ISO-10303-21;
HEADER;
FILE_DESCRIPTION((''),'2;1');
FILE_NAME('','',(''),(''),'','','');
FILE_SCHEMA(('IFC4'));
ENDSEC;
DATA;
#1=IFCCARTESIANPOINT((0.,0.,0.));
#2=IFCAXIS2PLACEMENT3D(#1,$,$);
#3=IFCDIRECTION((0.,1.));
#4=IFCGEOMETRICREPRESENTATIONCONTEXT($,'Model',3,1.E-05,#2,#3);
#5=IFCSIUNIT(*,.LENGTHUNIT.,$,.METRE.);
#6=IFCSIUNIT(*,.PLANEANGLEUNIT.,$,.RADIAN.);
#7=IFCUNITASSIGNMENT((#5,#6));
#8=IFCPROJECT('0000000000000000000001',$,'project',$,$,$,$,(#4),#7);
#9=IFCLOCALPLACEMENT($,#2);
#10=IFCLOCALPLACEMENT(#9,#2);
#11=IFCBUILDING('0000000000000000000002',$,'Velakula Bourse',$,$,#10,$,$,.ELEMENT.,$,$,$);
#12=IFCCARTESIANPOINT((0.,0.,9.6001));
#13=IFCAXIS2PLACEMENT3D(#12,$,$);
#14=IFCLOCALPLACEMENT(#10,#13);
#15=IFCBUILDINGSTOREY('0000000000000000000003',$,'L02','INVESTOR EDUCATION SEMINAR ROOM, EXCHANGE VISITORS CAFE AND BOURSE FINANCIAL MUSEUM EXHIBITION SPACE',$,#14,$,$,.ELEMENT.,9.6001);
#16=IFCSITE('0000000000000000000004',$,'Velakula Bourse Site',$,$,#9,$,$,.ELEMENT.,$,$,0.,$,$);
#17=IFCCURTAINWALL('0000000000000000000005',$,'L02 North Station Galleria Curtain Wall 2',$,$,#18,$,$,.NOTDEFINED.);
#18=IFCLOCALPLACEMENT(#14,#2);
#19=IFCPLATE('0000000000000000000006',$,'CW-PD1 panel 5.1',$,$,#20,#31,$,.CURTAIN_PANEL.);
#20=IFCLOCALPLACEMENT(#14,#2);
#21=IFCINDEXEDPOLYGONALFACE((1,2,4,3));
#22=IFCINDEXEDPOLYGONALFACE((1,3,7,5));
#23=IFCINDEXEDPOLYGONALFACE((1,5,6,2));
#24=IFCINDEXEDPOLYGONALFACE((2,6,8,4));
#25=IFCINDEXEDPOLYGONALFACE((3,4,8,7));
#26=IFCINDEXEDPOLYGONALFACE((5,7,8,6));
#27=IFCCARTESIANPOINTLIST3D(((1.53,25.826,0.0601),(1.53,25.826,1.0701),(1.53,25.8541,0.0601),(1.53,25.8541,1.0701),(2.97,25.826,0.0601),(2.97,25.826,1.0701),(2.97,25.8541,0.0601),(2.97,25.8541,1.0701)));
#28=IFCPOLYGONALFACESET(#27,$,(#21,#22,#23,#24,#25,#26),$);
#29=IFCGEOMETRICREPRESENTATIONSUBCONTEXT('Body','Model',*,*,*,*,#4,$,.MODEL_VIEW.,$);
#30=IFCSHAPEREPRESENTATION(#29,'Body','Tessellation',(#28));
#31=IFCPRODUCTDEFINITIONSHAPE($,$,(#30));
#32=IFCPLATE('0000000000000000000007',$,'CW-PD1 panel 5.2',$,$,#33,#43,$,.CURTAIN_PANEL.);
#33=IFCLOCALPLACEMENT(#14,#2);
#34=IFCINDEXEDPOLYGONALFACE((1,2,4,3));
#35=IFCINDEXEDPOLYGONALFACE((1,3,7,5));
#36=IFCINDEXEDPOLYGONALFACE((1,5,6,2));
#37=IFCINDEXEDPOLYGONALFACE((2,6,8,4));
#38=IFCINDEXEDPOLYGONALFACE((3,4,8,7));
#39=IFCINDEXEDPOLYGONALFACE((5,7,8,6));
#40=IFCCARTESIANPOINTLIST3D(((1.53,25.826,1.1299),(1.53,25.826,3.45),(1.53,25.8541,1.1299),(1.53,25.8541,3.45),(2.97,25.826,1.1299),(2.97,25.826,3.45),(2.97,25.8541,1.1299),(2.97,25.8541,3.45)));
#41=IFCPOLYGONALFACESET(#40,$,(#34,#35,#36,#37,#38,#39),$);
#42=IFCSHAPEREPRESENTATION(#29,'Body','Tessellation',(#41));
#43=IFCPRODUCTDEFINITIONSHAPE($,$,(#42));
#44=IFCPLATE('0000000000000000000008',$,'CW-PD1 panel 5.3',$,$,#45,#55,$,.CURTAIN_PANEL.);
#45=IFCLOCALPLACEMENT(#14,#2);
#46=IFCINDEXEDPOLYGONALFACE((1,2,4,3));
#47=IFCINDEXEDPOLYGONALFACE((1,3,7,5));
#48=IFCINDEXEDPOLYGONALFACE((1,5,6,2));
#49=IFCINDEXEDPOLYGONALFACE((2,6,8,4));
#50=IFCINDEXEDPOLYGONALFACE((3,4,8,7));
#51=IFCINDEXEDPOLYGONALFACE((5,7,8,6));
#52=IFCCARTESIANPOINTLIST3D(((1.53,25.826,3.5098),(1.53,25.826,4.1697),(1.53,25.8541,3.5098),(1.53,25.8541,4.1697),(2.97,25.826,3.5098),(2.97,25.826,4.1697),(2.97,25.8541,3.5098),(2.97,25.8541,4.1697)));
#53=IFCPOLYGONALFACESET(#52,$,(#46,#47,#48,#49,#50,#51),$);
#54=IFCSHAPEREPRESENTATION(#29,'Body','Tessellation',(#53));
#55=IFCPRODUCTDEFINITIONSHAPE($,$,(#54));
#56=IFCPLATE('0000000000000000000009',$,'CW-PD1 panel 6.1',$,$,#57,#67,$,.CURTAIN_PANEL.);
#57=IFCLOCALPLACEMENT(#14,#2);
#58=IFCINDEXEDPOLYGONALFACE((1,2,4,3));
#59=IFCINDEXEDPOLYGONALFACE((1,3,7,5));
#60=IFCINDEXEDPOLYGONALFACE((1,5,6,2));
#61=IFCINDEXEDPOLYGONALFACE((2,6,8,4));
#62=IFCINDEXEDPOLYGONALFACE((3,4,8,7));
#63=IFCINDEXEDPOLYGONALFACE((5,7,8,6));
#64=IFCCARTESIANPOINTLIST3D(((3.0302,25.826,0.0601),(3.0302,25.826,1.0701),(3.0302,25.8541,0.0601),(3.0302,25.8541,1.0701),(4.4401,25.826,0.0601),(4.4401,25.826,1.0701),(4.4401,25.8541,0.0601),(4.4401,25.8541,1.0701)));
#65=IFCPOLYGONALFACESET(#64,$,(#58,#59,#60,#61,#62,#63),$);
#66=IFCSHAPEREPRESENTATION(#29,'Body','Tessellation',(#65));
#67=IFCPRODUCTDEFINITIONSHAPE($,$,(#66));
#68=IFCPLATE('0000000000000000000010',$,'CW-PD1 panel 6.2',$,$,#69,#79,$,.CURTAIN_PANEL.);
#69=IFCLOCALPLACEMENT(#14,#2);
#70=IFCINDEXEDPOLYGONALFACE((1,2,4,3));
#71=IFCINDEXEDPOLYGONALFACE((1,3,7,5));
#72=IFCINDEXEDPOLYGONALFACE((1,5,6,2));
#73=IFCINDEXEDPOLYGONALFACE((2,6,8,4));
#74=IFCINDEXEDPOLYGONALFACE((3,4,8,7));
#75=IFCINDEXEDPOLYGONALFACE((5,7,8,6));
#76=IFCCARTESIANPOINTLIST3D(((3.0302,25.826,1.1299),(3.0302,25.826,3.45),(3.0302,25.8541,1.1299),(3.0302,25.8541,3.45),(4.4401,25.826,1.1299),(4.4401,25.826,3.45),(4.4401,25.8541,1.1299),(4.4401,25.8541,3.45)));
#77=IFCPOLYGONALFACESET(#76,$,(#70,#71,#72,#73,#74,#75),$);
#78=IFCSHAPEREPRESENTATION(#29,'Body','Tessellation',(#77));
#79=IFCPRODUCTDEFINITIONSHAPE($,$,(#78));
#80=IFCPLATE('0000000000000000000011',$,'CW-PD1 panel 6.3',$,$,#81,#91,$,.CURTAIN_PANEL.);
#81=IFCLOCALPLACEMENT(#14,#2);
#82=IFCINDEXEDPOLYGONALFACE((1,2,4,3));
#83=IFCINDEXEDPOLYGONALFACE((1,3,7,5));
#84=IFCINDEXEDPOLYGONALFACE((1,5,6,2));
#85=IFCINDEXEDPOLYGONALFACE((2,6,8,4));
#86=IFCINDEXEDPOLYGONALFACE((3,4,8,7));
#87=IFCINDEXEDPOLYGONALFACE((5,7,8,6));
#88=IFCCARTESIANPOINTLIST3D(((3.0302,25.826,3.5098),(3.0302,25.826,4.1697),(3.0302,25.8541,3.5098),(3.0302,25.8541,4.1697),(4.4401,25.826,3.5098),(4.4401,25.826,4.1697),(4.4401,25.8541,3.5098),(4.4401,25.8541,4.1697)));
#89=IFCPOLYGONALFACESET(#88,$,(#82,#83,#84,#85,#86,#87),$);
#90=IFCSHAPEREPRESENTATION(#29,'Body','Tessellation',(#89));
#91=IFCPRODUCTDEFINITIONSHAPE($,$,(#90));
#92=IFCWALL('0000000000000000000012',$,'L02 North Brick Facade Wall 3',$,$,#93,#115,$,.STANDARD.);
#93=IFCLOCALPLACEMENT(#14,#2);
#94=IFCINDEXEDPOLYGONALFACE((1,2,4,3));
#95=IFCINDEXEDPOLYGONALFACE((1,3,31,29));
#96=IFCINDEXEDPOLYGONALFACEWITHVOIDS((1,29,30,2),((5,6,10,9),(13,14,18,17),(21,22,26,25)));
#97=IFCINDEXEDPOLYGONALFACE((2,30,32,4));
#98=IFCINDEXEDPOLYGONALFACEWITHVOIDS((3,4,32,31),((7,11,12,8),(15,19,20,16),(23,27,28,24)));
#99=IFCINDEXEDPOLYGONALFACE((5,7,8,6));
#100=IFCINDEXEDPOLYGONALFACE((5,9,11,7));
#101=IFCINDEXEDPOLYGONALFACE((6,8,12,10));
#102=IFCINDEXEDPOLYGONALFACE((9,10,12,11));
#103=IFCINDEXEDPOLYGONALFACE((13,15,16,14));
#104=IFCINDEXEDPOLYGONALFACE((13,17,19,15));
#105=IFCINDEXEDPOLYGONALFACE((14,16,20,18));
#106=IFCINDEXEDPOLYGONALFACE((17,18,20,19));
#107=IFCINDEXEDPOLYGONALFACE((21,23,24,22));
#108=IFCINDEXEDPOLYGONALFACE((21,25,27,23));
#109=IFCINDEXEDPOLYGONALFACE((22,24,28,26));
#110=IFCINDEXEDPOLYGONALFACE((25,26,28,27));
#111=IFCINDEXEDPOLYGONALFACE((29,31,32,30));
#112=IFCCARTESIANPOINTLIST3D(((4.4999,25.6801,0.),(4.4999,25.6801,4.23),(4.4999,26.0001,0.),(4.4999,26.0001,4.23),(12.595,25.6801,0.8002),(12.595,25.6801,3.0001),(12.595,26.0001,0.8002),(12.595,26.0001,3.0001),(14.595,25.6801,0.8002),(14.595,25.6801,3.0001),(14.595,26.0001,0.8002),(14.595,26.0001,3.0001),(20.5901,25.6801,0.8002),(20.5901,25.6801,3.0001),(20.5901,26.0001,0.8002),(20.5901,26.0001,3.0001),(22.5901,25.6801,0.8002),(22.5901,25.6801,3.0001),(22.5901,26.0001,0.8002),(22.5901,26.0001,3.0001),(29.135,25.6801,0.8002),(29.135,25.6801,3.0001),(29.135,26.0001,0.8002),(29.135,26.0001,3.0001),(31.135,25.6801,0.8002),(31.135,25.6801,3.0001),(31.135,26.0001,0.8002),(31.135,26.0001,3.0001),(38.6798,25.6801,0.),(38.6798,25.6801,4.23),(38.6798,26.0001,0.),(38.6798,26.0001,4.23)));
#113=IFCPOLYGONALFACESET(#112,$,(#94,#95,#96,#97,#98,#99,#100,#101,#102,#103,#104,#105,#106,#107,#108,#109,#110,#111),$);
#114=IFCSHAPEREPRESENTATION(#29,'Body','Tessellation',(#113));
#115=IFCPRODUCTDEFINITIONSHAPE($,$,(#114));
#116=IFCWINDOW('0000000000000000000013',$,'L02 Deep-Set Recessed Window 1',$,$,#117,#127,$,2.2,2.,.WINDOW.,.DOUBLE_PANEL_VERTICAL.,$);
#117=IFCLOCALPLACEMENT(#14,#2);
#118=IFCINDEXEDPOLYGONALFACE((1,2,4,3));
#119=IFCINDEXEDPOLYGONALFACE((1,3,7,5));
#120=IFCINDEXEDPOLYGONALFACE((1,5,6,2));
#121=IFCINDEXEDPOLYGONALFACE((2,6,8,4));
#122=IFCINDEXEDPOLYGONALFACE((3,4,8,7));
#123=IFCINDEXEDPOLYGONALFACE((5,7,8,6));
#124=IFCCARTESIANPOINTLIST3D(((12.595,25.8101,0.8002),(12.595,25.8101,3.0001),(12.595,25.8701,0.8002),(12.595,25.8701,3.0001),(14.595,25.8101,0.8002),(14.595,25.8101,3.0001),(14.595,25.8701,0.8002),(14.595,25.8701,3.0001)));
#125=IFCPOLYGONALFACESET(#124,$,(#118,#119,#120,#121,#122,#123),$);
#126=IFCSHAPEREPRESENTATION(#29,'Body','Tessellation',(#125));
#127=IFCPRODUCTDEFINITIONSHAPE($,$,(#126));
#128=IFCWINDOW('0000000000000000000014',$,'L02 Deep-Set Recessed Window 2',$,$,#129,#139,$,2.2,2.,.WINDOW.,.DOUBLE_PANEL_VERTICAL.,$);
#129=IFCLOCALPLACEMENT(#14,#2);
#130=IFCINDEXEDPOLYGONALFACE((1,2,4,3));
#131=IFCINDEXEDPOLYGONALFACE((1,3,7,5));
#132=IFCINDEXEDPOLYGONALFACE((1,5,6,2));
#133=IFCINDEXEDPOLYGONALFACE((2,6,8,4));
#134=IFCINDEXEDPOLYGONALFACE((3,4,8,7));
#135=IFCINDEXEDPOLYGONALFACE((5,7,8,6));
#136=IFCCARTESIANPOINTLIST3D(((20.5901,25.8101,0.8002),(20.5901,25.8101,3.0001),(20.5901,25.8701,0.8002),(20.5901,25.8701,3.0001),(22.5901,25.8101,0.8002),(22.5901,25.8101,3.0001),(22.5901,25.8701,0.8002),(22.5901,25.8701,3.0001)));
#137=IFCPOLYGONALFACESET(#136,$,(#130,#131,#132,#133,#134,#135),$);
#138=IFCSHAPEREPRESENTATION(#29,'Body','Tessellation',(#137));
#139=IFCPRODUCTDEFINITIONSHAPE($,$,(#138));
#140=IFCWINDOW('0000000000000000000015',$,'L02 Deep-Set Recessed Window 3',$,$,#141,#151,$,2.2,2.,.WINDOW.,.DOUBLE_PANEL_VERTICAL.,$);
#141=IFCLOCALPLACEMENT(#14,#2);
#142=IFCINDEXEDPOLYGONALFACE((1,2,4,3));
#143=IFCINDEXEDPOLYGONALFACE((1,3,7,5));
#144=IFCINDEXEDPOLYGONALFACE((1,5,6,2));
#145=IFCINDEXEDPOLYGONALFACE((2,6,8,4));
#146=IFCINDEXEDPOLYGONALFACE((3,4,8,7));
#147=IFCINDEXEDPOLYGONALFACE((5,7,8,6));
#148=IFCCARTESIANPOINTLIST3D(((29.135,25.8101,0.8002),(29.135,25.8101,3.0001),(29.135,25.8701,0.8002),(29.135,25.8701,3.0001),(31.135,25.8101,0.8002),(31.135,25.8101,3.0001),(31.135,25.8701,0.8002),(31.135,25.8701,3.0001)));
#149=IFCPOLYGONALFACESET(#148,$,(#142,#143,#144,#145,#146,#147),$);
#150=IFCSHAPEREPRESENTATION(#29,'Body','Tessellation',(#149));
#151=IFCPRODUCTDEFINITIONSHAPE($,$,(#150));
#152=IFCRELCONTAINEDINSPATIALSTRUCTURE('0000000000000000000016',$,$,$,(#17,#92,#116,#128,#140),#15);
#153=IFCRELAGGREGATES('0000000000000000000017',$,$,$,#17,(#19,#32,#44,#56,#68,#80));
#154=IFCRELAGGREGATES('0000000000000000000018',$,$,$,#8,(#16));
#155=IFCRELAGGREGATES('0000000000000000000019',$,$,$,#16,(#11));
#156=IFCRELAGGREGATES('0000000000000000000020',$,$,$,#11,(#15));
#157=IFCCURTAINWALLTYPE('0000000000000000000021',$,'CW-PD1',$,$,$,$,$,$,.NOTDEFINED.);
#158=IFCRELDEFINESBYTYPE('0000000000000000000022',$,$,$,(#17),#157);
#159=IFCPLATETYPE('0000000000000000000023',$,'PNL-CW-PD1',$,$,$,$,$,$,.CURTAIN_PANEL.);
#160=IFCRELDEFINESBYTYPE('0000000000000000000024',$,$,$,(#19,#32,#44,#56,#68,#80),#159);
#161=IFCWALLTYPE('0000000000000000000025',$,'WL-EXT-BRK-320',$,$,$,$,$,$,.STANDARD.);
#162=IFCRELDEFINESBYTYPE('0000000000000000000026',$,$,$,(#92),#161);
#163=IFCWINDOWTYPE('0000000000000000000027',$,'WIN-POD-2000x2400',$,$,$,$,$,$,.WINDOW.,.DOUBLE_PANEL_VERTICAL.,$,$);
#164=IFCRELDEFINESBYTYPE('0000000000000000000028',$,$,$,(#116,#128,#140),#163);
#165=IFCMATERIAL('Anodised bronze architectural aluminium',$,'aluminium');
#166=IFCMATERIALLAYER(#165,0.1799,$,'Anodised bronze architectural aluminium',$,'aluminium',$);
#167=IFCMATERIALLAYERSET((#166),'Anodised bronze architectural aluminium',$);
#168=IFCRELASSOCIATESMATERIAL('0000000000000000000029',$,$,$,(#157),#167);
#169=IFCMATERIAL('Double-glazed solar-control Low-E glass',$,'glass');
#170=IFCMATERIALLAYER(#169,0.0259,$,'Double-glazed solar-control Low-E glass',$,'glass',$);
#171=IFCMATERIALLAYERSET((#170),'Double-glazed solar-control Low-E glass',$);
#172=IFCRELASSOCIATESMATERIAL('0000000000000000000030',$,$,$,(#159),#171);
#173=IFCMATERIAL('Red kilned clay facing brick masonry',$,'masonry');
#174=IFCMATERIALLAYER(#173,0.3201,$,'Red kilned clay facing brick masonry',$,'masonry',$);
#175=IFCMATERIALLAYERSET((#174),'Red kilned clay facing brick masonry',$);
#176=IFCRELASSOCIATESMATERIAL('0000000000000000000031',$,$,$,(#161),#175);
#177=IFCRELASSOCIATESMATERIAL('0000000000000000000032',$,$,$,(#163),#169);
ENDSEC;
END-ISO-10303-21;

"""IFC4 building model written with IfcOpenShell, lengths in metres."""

from ifc_helpers import new_model, si_unit, direction, frame, frame_2d, origin, origin_2d, place, context, subcontext, project, spatial, rectangle, extrude, material, layer, layer_set, type_object, element, fill, aggregate, save


model = new_model("IFC4")

# Units and contexts
model_context = context("Model", 3, precision=1e-05, world=origin(), true_north=direction((0.0, 1.0)))
body_context = subcontext(model_context, "Body", "Model", "MODEL_VIEW")
ifc_project = project(units=[si_unit("LENGTHUNIT", "METRE"), si_unit("PLANEANGLEUNIT", "RADIAN")], contexts=[model_context])

# Site, building, storey
site_placement = place(None, origin())
site = spatial("IfcSite", under=ifc_project, at=site_placement, Name="Velakula Bourse Site", CompositionType="ELEMENT", RefElevation=0.0)
building_placement = place(site_placement, origin())
building = spatial("IfcBuilding", under=site, at=building_placement, Name="Velakula Bourse", CompositionType="ELEMENT")
storey_placement = place(building_placement, frame((0.0, 0.0, 9.6001)))
storey = spatial("IfcBuildingStorey", under=building, at=storey_placement, Name="L02", Description="INVESTOR EDUCATION SEMINAR ROOM, EXCHANGE VISITORS CAFE AND BOURSE FINANCIAL MUSEUM EXHIBITION SPACE", CompositionType="ELEMENT", Elevation=9.6001)

# Curtain wall, plates
ifc_material_1 = material(Name="Anodised bronze architectural aluminium", Category="aluminium")
ifc_layer_1 = layer(ifc_material_1, 0.1799, Name="Anodised bronze architectural aluminium", Category="aluminium")
ifc_layer_set_1 = layer_set([ifc_layer_1], Name="Anodised bronze architectural aluminium")
curtain_wall_type = type_object("IfcCurtainWallType", Name="CW-PD1", PredefinedType="NOTDEFINED", material=ifc_layer_set_1)
curtain_wall_placement = place(storey_placement, origin())
curtain_wall = element("IfcCurtainWall", 1, at=curtain_wall_placement, inside=storey, type_object=curtain_wall_type, Name="L02 North Station Galleria Curtain Wall 2", PredefinedType="NOTDEFINED")
ifc_material_2 = material(Name="Double-glazed solar-control Low-E glass", Category="glass")
ifc_layer_2 = layer(ifc_material_2, 0.0259, Name="Double-glazed solar-control Low-E glass", Category="glass")
ifc_layer_set_2 = layer_set([ifc_layer_2], Name="Double-glazed solar-control Low-E glass")
plate_type = type_object("IfcPlateType", Name="PNL-CW-PD1", PredefinedType="CURTAIN_PANEL", material=ifc_layer_set_2)
plate_1_placement = place(storey_placement, frame((2.25, 25.8401, 0.0601), z_axis=(0.0, 0.0, 1.0), x_axis=(1.0, 0.0, 0.0)))
plate_1 = element("IfcPlate", 2, at=plate_1_placement, type_object=plate_type, Name="CW-PD1 panel 5.1", PredefinedType="CURTAIN_PANEL", context=body_context, shape_type="SweptSolid", body=[
    extrude(rectangle(XDim=1.4399, YDim=0.0281, at=origin_2d()), origin(), (0.0, 0.0, 1.0), 1.01),
])
plate_2_placement = place(storey_placement, frame((2.25, 25.8401, 1.1299), z_axis=(0.0, 0.0, 1.0), x_axis=(1.0, 0.0, 0.0)))
plate_2 = element("IfcPlate", 3, at=plate_2_placement, type_object=plate_type, Name="CW-PD1 panel 5.2", PredefinedType="CURTAIN_PANEL", context=body_context, shape_type="SweptSolid", body=[
    extrude(rectangle(XDim=1.4399, YDim=0.0281, at=origin_2d()), origin(), (0.0, 0.0, 1.0), 2.3201),
])
plate_3_placement = place(storey_placement, frame((2.25, 25.8401, 3.5098), z_axis=(0.0, 0.0, 1.0), x_axis=(1.0, 0.0, 0.0)))
plate_3 = element("IfcPlate", 4, at=plate_3_placement, type_object=plate_type, Name="CW-PD1 panel 5.3", PredefinedType="CURTAIN_PANEL", context=body_context, shape_type="SweptSolid", body=[
    extrude(rectangle(XDim=1.4399, YDim=0.0281, at=origin_2d()), origin(), (0.0, 0.0, 1.0), 0.6599),
])
plate_4_placement = place(storey_placement, frame((3.7351, 25.8401, 0.0601), z_axis=(0.0, 0.0, 1.0), x_axis=(1.0, 0.0, 0.0)))
plate_4 = element("IfcPlate", 5, at=plate_4_placement, type_object=plate_type, Name="CW-PD1 panel 6.1", PredefinedType="CURTAIN_PANEL", context=body_context, shape_type="SweptSolid", body=[
    extrude(rectangle(XDim=1.4099, YDim=0.0281, at=origin_2d()), origin(), (0.0, 0.0, 1.0), 1.01),
])
plate_5_placement = place(storey_placement, frame((3.7351, 25.8401, 1.1299), z_axis=(0.0, 0.0, 1.0), x_axis=(1.0, 0.0, 0.0)))
plate_5 = element("IfcPlate", 6, at=plate_5_placement, type_object=plate_type, Name="CW-PD1 panel 6.2", PredefinedType="CURTAIN_PANEL", context=body_context, shape_type="SweptSolid", body=[
    extrude(rectangle(XDim=1.4099, YDim=0.0281, at=origin_2d()), origin(), (0.0, 0.0, 1.0), 2.3201),
])
plate_6_placement = place(storey_placement, frame((3.7351, 25.8401, 3.5098), z_axis=(0.0, 0.0, 1.0), x_axis=(1.0, 0.0, 0.0)))
plate_6 = element("IfcPlate", 7, at=plate_6_placement, type_object=plate_type, Name="CW-PD1 panel 6.3", PredefinedType="CURTAIN_PANEL", context=body_context, shape_type="SweptSolid", body=[
    extrude(rectangle(XDim=1.4099, YDim=0.0281, at=origin_2d()), origin(), (0.0, 0.0, 1.0), 0.6599),
])
aggregate(curtain_wall, [plate_1, plate_2, plate_3, plate_4, plate_5, plate_6])

# Wall, openings, windows
ifc_material_3 = material(Name="Red kilned clay facing brick masonry", Category="masonry")
ifc_layer_3 = layer(ifc_material_3, 0.3201, Name="Red kilned clay facing brick masonry", Category="masonry")
ifc_layer_set_3 = layer_set([ifc_layer_3], Name="Red kilned clay facing brick masonry")
wall_type = type_object("IfcWallType", Name="WL-EXT-BRK-320", PredefinedType="STANDARD", material=ifc_layer_set_3)
wall_placement = place(storey_placement, frame((4.5, 25.8401, 0.0), z_axis=(0.0, 0.0, 1.0), x_axis=(1.0, 0.0, 0.0)))
wall = element("IfcWall", 8, at=wall_placement, inside=storey, type_object=wall_type, Name="L02 North Brick Facade Wall 3", PredefinedType="STANDARD", context=body_context, shape_type="SweptSolid", body=[
    extrude(rectangle(XDim=34.1799, YDim=0.3201, at=frame_2d((17.0898, 0.0))), origin(), (0.0, 0.0, 1.0), 4.23),
])
opening_1_placement = place(wall_placement, frame((8.095, 0.0, 0.8)))
opening_1 = element("IfcOpeningElement", 9, at=opening_1_placement, cuts=wall, PredefinedType="OPENING", context=body_context, shape_type="SweptSolid", body=[
    extrude(rectangle(XDim=2.0, YDim=2.2, at=frame_2d((1.0, 1.1001))), frame((0.0, 0.1699, 0.0), z_axis=(0.0, -1.0, 0.0), x_axis=(1.0, 0.0, 0.0)), (0.0, 0.0, 1.0), 0.3401),
])
opening_2_placement = place(wall_placement, frame((16.0901, 0.0, 0.8)))
opening_2 = element("IfcOpeningElement", 10, at=opening_2_placement, cuts=wall, PredefinedType="OPENING", context=body_context, shape_type="SweptSolid", body=[
    extrude(rectangle(XDim=2.0, YDim=2.2, at=frame_2d((1.0, 1.1001))), frame((0.0, 0.1699, 0.0), z_axis=(0.0, -1.0, 0.0), x_axis=(1.0, 0.0, 0.0)), (0.0, 0.0, 1.0), 0.3401),
])
opening_3_placement = place(wall_placement, frame((24.635, 0.0, 0.8)))
opening_3 = element("IfcOpeningElement", 11, at=opening_3_placement, cuts=wall, PredefinedType="OPENING", context=body_context, shape_type="SweptSolid", body=[
    extrude(rectangle(XDim=2.0, YDim=2.2, at=frame_2d((1.0, 1.1001))), frame((0.0, 0.1699, 0.0), z_axis=(0.0, -1.0, 0.0), x_axis=(1.0, 0.0, 0.0)), (0.0, 0.0, 1.0), 0.3401),
])
window_type = type_object("IfcWindowType", Name="WIN-POD-2000x2400", PartitioningType="DOUBLE_PANEL_VERTICAL", PredefinedType="WINDOW", material=ifc_material_2)
window_1_placement = place(opening_1_placement, origin())
window_1 = element("IfcWindow", 12, at=window_1_placement, inside=storey, type_object=window_type, Name="L02 Deep-Set Recessed Window 1", OverallHeight=2.2, OverallWidth=2.0, PartitioningType="DOUBLE_PANEL_VERTICAL", PredefinedType="WINDOW", context=body_context, shape_type="SweptSolid", body=[
    extrude(rectangle(XDim=2.0, YDim=2.2, at=frame_2d((1.0, 1.1001))), frame((0.0, 0.03, 0.0), z_axis=(0.0, -1.0, 0.0), x_axis=(1.0, 0.0, 0.0)), (0.0, 0.0, 1.0), 0.0601),
])
fill(opening_1, window_1)
window_2_placement = place(opening_2_placement, origin())
window_2 = element("IfcWindow", 13, at=window_2_placement, inside=storey, type_object=window_type, Name="L02 Deep-Set Recessed Window 2", OverallHeight=2.2, OverallWidth=2.0, PartitioningType="DOUBLE_PANEL_VERTICAL", PredefinedType="WINDOW", context=body_context, shape_type="SweptSolid", body=[
    extrude(rectangle(XDim=2.0, YDim=2.2, at=frame_2d((1.0, 1.1001))), frame((0.0, 0.03, 0.0), z_axis=(0.0, -1.0, 0.0), x_axis=(1.0, 0.0, 0.0)), (0.0, 0.0, 1.0), 0.0601),
])
fill(opening_2, window_2)
window_3_placement = place(opening_3_placement, origin())
window_3 = element("IfcWindow", 14, at=window_3_placement, inside=storey, type_object=window_type, Name="L02 Deep-Set Recessed Window 3", OverallHeight=2.2, OverallWidth=2.0, PartitioningType="DOUBLE_PANEL_VERTICAL", PredefinedType="WINDOW", context=body_context, shape_type="SweptSolid", body=[
    extrude(rectangle(XDim=2.0, YDim=2.2, at=frame_2d((1.0, 1.1001))), frame((0.0, 0.03, 0.0), z_axis=(0.0, -1.0, 0.0), x_axis=(1.0, 0.0, 0.0)), (0.0, 0.0, 1.0), 0.0601),
])
fill(opening_3, window_3)

save(model, "model.ifc")
